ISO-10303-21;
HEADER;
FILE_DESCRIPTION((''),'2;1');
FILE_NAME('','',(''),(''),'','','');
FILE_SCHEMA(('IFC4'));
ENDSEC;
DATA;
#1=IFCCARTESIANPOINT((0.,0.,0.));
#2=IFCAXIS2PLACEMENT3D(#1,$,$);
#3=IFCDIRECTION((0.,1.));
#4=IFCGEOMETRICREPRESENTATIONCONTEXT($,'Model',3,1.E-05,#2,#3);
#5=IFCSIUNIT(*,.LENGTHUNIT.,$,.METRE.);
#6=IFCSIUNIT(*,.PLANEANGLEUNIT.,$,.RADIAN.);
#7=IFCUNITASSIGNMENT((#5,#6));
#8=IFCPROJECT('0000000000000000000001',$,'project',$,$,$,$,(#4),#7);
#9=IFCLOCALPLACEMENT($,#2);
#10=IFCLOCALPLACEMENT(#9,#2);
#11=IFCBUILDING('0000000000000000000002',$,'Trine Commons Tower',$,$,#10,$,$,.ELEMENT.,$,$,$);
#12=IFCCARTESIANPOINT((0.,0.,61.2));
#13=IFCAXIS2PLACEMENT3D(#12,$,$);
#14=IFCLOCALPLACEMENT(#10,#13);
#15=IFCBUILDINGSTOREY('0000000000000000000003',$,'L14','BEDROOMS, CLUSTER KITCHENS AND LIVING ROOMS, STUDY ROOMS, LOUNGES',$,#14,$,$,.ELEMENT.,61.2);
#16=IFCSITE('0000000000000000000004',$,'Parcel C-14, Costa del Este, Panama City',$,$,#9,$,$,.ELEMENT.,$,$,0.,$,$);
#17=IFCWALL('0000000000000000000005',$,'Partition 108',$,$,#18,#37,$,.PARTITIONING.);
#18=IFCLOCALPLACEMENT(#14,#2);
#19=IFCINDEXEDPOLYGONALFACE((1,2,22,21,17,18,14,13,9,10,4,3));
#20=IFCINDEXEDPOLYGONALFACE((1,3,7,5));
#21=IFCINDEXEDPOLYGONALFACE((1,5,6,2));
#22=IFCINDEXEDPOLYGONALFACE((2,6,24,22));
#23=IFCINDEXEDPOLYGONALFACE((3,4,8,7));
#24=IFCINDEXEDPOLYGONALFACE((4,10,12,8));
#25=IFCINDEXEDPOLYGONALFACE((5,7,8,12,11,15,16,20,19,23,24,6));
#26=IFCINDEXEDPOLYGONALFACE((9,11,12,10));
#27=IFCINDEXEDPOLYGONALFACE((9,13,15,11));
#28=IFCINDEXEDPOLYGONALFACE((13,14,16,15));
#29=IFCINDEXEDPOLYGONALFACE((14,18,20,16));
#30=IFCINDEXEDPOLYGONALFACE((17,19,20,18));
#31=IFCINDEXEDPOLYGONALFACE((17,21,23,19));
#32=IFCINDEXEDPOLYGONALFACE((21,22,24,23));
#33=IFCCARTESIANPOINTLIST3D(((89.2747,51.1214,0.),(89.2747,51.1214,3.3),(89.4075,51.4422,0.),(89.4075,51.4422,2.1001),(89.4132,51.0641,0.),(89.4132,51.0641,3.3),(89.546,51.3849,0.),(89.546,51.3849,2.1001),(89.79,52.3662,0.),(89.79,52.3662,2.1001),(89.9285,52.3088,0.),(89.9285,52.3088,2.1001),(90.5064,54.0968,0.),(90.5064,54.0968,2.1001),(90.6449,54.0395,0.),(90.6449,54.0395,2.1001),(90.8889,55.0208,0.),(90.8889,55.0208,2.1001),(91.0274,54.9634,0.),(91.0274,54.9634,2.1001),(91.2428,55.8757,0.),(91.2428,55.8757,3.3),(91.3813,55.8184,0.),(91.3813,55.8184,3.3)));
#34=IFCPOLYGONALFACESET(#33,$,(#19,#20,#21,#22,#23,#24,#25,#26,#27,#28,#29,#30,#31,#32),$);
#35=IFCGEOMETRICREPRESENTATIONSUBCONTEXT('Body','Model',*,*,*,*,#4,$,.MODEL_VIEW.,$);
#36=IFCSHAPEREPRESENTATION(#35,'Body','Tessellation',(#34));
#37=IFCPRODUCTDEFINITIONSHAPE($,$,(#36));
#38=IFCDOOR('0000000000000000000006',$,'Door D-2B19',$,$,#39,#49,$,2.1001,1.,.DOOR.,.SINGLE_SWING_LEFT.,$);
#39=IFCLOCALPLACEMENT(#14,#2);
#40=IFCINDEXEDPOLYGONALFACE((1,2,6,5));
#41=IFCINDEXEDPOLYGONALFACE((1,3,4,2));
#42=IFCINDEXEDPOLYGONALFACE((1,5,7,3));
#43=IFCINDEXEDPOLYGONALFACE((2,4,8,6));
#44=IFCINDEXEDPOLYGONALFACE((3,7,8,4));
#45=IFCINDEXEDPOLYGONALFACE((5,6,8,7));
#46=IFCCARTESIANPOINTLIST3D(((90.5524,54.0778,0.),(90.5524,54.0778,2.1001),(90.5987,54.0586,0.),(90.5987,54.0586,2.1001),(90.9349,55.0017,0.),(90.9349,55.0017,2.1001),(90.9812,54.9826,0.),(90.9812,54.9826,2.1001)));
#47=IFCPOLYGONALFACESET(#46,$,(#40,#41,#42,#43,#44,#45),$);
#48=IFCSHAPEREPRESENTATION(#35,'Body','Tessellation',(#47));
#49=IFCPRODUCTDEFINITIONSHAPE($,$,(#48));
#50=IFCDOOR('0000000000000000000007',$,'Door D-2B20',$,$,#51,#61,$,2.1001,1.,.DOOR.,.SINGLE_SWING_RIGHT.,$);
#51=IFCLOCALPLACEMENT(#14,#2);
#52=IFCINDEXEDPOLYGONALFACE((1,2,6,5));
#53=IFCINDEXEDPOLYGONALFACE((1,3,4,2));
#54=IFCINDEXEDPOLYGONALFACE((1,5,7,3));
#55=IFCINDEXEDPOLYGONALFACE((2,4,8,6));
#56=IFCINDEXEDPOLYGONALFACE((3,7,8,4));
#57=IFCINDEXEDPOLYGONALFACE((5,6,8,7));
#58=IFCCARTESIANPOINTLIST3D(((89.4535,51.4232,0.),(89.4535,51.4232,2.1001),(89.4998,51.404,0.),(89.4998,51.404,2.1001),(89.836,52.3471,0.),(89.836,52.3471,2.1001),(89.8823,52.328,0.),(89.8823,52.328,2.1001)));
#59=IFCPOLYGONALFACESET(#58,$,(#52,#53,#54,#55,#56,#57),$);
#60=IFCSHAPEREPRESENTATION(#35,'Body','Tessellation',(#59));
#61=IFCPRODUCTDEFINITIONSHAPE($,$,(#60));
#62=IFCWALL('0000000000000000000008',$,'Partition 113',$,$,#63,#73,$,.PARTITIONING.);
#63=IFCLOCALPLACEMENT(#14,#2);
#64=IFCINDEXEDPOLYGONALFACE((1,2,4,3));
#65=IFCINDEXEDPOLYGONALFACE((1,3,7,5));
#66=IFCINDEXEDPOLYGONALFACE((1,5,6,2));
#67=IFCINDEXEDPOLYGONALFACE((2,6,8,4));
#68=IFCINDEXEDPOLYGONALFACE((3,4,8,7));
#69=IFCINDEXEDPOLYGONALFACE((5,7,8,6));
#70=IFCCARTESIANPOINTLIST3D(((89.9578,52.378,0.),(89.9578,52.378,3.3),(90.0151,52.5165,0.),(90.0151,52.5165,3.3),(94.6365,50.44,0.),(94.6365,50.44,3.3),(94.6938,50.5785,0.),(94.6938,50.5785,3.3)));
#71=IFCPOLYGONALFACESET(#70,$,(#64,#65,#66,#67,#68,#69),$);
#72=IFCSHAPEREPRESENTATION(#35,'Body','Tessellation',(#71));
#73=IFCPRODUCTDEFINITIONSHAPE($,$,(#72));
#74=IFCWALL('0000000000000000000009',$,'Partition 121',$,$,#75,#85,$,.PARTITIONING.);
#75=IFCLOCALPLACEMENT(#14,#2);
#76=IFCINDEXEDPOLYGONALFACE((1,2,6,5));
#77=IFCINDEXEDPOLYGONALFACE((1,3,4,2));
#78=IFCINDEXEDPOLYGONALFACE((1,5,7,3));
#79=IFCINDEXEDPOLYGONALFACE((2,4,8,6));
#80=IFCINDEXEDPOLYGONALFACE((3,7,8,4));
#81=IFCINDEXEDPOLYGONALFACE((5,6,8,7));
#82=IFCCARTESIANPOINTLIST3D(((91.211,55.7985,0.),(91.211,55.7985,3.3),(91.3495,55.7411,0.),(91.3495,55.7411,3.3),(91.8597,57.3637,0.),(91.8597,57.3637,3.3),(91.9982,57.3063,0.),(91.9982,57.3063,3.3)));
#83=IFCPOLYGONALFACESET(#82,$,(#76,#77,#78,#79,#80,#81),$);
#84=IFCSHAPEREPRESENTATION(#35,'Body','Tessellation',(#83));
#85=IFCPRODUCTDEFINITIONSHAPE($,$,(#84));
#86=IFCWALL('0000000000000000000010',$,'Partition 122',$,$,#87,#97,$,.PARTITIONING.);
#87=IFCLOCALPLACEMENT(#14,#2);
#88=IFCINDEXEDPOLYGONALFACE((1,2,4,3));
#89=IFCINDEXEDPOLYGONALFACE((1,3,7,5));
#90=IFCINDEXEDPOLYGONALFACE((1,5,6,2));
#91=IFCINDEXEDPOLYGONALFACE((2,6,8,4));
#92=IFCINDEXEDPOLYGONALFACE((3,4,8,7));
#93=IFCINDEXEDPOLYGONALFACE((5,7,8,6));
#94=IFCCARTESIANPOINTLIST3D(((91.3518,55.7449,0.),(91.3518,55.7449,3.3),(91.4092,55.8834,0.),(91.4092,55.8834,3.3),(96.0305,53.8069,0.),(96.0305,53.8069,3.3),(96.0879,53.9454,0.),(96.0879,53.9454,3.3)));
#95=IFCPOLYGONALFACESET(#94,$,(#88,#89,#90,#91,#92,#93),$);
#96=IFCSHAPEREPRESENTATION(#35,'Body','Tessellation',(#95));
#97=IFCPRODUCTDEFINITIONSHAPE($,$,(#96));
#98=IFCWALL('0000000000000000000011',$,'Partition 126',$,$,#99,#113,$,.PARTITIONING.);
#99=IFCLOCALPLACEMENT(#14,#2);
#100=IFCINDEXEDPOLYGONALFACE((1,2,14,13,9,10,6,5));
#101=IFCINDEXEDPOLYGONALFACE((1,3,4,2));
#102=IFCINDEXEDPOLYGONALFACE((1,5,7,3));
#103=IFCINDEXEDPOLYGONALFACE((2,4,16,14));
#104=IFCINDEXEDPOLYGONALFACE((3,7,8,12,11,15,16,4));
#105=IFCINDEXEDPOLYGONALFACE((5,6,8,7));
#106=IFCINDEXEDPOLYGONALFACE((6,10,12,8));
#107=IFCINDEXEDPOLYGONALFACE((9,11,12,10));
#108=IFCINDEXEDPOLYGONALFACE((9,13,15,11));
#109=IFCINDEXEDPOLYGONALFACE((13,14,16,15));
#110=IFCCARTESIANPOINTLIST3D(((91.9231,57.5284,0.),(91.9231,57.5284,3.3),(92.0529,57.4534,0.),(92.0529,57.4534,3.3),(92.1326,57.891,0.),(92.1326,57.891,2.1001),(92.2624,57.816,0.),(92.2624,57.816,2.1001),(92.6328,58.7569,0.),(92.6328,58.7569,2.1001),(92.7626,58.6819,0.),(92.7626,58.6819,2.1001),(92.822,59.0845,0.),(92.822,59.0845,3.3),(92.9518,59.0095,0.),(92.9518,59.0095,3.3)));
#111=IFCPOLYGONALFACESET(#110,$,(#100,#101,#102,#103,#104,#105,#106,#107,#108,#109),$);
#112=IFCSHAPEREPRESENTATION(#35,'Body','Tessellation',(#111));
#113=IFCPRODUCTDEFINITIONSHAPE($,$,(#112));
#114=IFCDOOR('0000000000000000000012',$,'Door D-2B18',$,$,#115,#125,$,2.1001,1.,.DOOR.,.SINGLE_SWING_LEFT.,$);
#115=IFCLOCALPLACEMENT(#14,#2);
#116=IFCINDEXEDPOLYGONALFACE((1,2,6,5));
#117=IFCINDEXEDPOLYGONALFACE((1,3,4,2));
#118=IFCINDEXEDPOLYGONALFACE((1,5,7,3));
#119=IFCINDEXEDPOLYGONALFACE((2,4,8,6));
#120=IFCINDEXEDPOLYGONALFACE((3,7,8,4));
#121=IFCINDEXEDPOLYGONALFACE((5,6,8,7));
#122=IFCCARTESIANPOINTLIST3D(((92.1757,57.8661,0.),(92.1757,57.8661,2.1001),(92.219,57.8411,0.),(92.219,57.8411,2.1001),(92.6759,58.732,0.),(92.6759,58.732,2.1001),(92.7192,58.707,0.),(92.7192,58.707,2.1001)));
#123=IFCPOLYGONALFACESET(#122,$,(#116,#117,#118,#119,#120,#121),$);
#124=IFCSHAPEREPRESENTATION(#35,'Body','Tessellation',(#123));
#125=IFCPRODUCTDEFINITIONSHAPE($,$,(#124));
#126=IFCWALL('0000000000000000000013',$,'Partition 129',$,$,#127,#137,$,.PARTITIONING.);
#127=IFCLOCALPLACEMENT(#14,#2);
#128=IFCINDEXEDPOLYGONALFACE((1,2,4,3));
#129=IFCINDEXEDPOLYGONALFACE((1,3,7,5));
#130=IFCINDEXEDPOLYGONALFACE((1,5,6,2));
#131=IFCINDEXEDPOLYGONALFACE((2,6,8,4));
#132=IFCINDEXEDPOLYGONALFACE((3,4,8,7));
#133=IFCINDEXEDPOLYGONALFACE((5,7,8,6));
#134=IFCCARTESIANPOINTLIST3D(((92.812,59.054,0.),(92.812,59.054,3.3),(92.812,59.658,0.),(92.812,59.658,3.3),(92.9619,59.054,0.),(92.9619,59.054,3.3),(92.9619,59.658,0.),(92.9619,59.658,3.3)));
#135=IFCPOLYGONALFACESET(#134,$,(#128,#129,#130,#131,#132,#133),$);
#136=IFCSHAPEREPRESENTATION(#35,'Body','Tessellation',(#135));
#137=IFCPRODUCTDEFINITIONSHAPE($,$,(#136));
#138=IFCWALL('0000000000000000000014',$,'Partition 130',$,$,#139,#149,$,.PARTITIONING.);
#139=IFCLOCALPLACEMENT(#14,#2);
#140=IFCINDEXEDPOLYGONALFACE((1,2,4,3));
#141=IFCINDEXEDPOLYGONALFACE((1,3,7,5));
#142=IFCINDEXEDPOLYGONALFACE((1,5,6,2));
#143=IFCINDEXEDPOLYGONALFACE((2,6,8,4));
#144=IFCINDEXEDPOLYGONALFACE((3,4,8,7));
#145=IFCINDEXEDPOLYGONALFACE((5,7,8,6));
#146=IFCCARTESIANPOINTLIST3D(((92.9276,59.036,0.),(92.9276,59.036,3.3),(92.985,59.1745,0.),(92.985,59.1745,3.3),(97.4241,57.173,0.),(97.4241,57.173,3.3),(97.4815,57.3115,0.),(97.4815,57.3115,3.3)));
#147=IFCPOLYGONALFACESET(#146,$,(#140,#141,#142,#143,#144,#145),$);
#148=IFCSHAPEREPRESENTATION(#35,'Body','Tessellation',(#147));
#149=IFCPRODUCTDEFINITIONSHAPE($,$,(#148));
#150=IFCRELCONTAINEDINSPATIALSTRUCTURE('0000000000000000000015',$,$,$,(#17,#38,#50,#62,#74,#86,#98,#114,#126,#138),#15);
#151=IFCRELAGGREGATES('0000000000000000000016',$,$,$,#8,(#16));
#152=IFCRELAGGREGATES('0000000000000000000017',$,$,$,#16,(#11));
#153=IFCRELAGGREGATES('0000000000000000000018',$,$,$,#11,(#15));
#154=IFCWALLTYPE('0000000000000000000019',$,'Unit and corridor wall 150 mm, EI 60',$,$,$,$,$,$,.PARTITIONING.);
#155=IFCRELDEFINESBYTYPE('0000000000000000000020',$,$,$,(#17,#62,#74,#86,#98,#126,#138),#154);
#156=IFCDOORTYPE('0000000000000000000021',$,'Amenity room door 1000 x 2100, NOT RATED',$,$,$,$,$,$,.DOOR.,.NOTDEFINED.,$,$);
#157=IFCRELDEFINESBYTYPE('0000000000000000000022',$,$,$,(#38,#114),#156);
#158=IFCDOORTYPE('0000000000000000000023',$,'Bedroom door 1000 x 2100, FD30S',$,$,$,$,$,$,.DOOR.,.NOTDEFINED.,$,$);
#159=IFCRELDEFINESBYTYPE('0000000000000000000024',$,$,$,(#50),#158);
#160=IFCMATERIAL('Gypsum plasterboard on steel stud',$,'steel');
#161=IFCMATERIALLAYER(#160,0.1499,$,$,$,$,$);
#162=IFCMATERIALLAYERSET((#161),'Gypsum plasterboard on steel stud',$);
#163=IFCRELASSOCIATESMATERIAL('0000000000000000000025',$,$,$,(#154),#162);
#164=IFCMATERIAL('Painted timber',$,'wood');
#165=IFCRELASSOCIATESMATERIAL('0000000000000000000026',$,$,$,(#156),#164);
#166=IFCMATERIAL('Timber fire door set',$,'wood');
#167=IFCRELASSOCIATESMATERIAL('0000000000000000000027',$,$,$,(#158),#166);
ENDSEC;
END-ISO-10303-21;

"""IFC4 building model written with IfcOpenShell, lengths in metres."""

from ifc_helpers import new_model, si_unit, direction, frame, frame_2d, origin, place, context, subcontext, project, spatial, rectangle, extrude, material, layer, layer_set, type_object, element, fill, save


model = new_model("IFC4")

# Units and contexts
model_context = context("Model", 3, precision=1e-05, world=origin(), true_north=direction((0.0, 1.0)))
body_context = subcontext(model_context, "Body", "Model", "MODEL_VIEW")
ifc_project = project(units=[si_unit("LENGTHUNIT", "METRE"), si_unit("PLANEANGLEUNIT", "RADIAN")], contexts=[model_context])

# Site, building, storey
site_placement = place(None, origin())
site = spatial("IfcSite", under=ifc_project, at=site_placement, Name="Parcel C-14, Costa del Este, Panama City", CompositionType="ELEMENT", RefElevation=0.0)
building_placement = place(site_placement, origin())
building = spatial("IfcBuilding", under=site, at=building_placement, Name="Trine Commons Tower", CompositionType="ELEMENT")
storey_placement = place(building_placement, frame((0.0, 0.0, 61.2)))
storey = spatial("IfcBuildingStorey", under=building, at=storey_placement, Name="L14", Description="BEDROOMS, CLUSTER KITCHENS AND LIVING ROOMS, STUDY ROOMS, LOUNGES", CompositionType="ELEMENT", Elevation=61.2)

# Shared definitions
ifc_material_1 = material(Name="Gypsum plasterboard on steel stud", Category="steel")
ifc_layer_1 = layer(ifc_material_1, 0.1499)
ifc_layer_set_1 = layer_set([ifc_layer_1], Name="Gypsum plasterboard on steel stud")
wall_type_1 = type_object("IfcWallType", Name="Unit and corridor wall 150 mm, EI 60", PredefinedType="PARTITIONING", material=ifc_layer_set_1)

# Wall, openings, doors
wall_1_placement = place(storey_placement, frame((89.344, 51.0928, 0.0), z_axis=(0.0, 0.0, 1.0), x_axis=(0.382482, 0.923963, 0.0)))
wall_1 = element("IfcWall", 1, at=wall_1_placement, inside=storey, type_object=wall_type_1, Name="Partition 108", PredefinedType="PARTITIONING", context=body_context, shape_type="SweptSolid", body=[
    extrude(rectangle(XDim=5.1455, YDim=0.1499, at=frame_2d((2.5728, 0.0))), origin(), (0.0, 0.0, 1.0), 3.3),
])
opening_1_placement = place(wall_1_placement, frame((3.2202, 0.0, 0.0)))
opening_1 = element("IfcOpeningElement", 2, at=opening_1_placement, cuts=wall_1, PredefinedType="OPENING", context=body_context, shape_type="SweptSolid", body=[
    extrude(rectangle(XDim=1.0, YDim=2.1001, at=frame_2d((0.5, 1.05))), frame((0.0, 0.085, 0.0), z_axis=(0.0, -1.0, 0.0), x_axis=(1.0, 0.0, 0.0)), (0.0, 0.0, 1.0), 0.1699),
])
opening_2_placement = place(wall_1_placement, frame((0.3472, 0.0, 0.0)))
opening_2 = element("IfcOpeningElement", 3, at=opening_2_placement, cuts=wall_1, PredefinedType="OPENING", context=body_context, shape_type="SweptSolid", body=[
    extrude(rectangle(XDim=1.0, YDim=2.1001, at=frame_2d((0.5, 1.05))), frame((0.0, 0.085, 0.0), z_axis=(0.0, -1.0, 0.0), x_axis=(1.0, 0.0, 0.0)), (0.0, 0.0, 1.0), 0.1699),
])
ifc_material_2 = material(Name="Painted timber", Category="wood")
door_type_1 = type_object("IfcDoorType", Name="Amenity room door 1000 x 2100, NOT RATED", OperationType="NOTDEFINED", PredefinedType="DOOR", material=ifc_material_2)
door_1_placement = place(opening_1_placement, frame((1.0, 0.0, 0.0), z_axis=(0.0, 0.0, 1.0), x_axis=(-1.0, 0.0, 0.0)))
door_1 = element("IfcDoor", 4, at=door_1_placement, inside=storey, type_object=door_type_1, Name="Door D-2B19", OperationType="SINGLE_SWING_LEFT", OverallHeight=2.1001, OverallWidth=1.0, PredefinedType="DOOR", context=body_context, shape_type="SweptSolid", body=[
    extrude(rectangle(XDim=1.0, YDim=2.1001, at=frame_2d((0.5, 1.05))), frame((0.0, 0.0249, 0.0), z_axis=(0.0, -1.0, 0.0), x_axis=(1.0, 0.0, 0.0)), (0.0, 0.0, 1.0), 0.05),
])
fill(opening_1, door_1)
ifc_material_3 = material(Name="Timber fire door set", Category="wood")
door_type_2 = type_object("IfcDoorType", Name="Bedroom door 1000 x 2100, FD30S", OperationType="NOTDEFINED", PredefinedType="DOOR", material=ifc_material_3)
door_2_placement = place(opening_2_placement, frame((1.0, 0.0, 0.0), z_axis=(0.0, 0.0, 1.0), x_axis=(-1.0, 0.0, 0.0)))
door_2 = element("IfcDoor", 5, at=door_2_placement, inside=storey, type_object=door_type_2, Name="Door D-2B20", OperationType="SINGLE_SWING_RIGHT", OverallHeight=2.1001, OverallWidth=1.0, PredefinedType="DOOR", context=body_context, shape_type="SweptSolid", body=[
    extrude(rectangle(XDim=1.0, YDim=2.1001, at=frame_2d((0.5, 1.05))), frame((0.0, 0.0249, 0.0), z_axis=(0.0, -1.0, 0.0), x_axis=(1.0, 0.0, 0.0)), (0.0, 0.0, 1.0), 0.05),
])
fill(opening_2, door_2)

# Walls
wall_2_placement = place(storey_placement, frame((89.9863, 52.4473, 0.0), z_axis=(0.0, 0.0, 1.0), x_axis=(0.923879, -0.382684, 0.0)))
element("IfcWall", 6, at=wall_2_placement, inside=storey, type_object=wall_type_1, Name="Partition 113", PredefinedType="PARTITIONING", context=body_context, shape_type="SweptSolid", body=[
    extrude(rectangle(XDim=5.0642, YDim=0.1499, at=frame_2d((2.5322, 0.0))), origin(), (0.0, 0.0, 1.0), 3.3),
])
wall_3_placement = place(storey_placement, frame((91.2803, 55.7698, 0.0), z_axis=(0.0, 0.0, 1.0), x_axis=(0.382865, 0.923804, 0.0)))
element("IfcWall", 7, at=wall_3_placement, inside=storey, type_object=wall_type_1, Name="Partition 121", PredefinedType="PARTITIONING", context=body_context, shape_type="SweptSolid", body=[
    extrude(rectangle(XDim=1.6943, YDim=0.1499, at=frame_2d((0.8472, 0.0))), origin(), (0.0, 0.0, 1.0), 3.3),
])
wall_4_placement = place(storey_placement, frame((91.3804, 55.8142, 0.0), z_axis=(0.0, 0.0, 1.0), x_axis=(0.923879, -0.382684, 0.0)))
element("IfcWall", 8, at=wall_4_placement, inside=storey, type_object=wall_type_1, Name="Partition 122", PredefinedType="PARTITIONING", context=body_context, shape_type="SweptSolid", body=[
    extrude(rectangle(XDim=5.0642, YDim=0.1499, at=frame_2d((2.5322, 0.0))), origin(), (0.0, 0.0, 1.0), 3.3),
])

# Wall, opening, door
wall_5_placement = place(storey_placement, frame((91.988, 57.491, 0.0), z_axis=(0.0, 0.0, 1.0), x_axis=(0.500201, 0.86591, 0.0)))
wall_5 = element("IfcWall", 9, at=wall_5_placement, inside=storey, type_object=wall_type_1, Name="Partition 126", PredefinedType="PARTITIONING", context=body_context, shape_type="SweptSolid", body=[
    extrude(rectangle(XDim=1.7971, YDim=0.1499, at=frame_2d((0.8984, 0.0))), origin(), (0.0, 0.0, 1.0), 3.3),
])
opening_3_placement = place(wall_5_placement, frame((0.4187, 0.0, 0.0)))
opening_3 = element("IfcOpeningElement", 10, at=opening_3_placement, cuts=wall_5, PredefinedType="OPENING", context=body_context, shape_type="SweptSolid", body=[
    extrude(rectangle(XDim=1.0, YDim=2.1001, at=frame_2d((0.5, 1.05))), frame((0.0, 0.085, 0.0), z_axis=(0.0, -1.0, 0.0), x_axis=(1.0, 0.0, 0.0)), (0.0, 0.0, 1.0), 0.1699),
])
door_3_placement = place(opening_3_placement, frame((1.0, 0.0, 0.0), z_axis=(0.0, 0.0, 1.0), x_axis=(-1.0, 0.0, 0.0)))
door_3 = element("IfcDoor", 11, at=door_3_placement, inside=storey, type_object=door_type_1, Name="Door D-2B18", OperationType="SINGLE_SWING_LEFT", OverallHeight=2.1001, OverallWidth=1.0, PredefinedType="DOOR", context=body_context, shape_type="SweptSolid", body=[
    extrude(rectangle(XDim=1.0, YDim=2.1001, at=frame_2d((0.5, 1.05))), frame((0.0, 0.0249, 0.0), z_axis=(0.0, -1.0, 0.0), x_axis=(1.0, 0.0, 0.0)), (0.0, 0.0, 1.0), 0.05),
])
fill(opening_3, door_3)

# Walls
wall_6_placement = place(storey_placement, frame((92.887, 59.054, 0.0), z_axis=(0.0, 0.0, 1.0), x_axis=(0.0, 1.0, 0.0)))
element("IfcWall", 12, at=wall_6_placement, inside=storey, type_object=wall_type_1, Name="Partition 129", PredefinedType="PARTITIONING", context=body_context, shape_type="SweptSolid", body=[
    extrude(rectangle(XDim=0.604, YDim=0.1499, at=frame_2d((0.302, 0.0))), origin(), (0.0, 0.0, 1.0), 3.3),
])
wall_7_placement = place(storey_placement, frame((92.9563, 59.1052, 0.0), z_axis=(0.0, 0.0, 1.0), x_axis=(0.923844, -0.38277, 0.0)))
element("IfcWall", 13, at=wall_7_placement, inside=storey, type_object=wall_type_1, Name="Partition 130", PredefinedType="PARTITIONING", context=body_context, shape_type="SweptSolid", body=[
    extrude(rectangle(XDim=4.8672, YDim=0.1499, at=frame_2d((2.4336, 0.0))), origin(), (0.0, 0.0, 1.0), 3.3),
])

save(model, "model.ifc")
